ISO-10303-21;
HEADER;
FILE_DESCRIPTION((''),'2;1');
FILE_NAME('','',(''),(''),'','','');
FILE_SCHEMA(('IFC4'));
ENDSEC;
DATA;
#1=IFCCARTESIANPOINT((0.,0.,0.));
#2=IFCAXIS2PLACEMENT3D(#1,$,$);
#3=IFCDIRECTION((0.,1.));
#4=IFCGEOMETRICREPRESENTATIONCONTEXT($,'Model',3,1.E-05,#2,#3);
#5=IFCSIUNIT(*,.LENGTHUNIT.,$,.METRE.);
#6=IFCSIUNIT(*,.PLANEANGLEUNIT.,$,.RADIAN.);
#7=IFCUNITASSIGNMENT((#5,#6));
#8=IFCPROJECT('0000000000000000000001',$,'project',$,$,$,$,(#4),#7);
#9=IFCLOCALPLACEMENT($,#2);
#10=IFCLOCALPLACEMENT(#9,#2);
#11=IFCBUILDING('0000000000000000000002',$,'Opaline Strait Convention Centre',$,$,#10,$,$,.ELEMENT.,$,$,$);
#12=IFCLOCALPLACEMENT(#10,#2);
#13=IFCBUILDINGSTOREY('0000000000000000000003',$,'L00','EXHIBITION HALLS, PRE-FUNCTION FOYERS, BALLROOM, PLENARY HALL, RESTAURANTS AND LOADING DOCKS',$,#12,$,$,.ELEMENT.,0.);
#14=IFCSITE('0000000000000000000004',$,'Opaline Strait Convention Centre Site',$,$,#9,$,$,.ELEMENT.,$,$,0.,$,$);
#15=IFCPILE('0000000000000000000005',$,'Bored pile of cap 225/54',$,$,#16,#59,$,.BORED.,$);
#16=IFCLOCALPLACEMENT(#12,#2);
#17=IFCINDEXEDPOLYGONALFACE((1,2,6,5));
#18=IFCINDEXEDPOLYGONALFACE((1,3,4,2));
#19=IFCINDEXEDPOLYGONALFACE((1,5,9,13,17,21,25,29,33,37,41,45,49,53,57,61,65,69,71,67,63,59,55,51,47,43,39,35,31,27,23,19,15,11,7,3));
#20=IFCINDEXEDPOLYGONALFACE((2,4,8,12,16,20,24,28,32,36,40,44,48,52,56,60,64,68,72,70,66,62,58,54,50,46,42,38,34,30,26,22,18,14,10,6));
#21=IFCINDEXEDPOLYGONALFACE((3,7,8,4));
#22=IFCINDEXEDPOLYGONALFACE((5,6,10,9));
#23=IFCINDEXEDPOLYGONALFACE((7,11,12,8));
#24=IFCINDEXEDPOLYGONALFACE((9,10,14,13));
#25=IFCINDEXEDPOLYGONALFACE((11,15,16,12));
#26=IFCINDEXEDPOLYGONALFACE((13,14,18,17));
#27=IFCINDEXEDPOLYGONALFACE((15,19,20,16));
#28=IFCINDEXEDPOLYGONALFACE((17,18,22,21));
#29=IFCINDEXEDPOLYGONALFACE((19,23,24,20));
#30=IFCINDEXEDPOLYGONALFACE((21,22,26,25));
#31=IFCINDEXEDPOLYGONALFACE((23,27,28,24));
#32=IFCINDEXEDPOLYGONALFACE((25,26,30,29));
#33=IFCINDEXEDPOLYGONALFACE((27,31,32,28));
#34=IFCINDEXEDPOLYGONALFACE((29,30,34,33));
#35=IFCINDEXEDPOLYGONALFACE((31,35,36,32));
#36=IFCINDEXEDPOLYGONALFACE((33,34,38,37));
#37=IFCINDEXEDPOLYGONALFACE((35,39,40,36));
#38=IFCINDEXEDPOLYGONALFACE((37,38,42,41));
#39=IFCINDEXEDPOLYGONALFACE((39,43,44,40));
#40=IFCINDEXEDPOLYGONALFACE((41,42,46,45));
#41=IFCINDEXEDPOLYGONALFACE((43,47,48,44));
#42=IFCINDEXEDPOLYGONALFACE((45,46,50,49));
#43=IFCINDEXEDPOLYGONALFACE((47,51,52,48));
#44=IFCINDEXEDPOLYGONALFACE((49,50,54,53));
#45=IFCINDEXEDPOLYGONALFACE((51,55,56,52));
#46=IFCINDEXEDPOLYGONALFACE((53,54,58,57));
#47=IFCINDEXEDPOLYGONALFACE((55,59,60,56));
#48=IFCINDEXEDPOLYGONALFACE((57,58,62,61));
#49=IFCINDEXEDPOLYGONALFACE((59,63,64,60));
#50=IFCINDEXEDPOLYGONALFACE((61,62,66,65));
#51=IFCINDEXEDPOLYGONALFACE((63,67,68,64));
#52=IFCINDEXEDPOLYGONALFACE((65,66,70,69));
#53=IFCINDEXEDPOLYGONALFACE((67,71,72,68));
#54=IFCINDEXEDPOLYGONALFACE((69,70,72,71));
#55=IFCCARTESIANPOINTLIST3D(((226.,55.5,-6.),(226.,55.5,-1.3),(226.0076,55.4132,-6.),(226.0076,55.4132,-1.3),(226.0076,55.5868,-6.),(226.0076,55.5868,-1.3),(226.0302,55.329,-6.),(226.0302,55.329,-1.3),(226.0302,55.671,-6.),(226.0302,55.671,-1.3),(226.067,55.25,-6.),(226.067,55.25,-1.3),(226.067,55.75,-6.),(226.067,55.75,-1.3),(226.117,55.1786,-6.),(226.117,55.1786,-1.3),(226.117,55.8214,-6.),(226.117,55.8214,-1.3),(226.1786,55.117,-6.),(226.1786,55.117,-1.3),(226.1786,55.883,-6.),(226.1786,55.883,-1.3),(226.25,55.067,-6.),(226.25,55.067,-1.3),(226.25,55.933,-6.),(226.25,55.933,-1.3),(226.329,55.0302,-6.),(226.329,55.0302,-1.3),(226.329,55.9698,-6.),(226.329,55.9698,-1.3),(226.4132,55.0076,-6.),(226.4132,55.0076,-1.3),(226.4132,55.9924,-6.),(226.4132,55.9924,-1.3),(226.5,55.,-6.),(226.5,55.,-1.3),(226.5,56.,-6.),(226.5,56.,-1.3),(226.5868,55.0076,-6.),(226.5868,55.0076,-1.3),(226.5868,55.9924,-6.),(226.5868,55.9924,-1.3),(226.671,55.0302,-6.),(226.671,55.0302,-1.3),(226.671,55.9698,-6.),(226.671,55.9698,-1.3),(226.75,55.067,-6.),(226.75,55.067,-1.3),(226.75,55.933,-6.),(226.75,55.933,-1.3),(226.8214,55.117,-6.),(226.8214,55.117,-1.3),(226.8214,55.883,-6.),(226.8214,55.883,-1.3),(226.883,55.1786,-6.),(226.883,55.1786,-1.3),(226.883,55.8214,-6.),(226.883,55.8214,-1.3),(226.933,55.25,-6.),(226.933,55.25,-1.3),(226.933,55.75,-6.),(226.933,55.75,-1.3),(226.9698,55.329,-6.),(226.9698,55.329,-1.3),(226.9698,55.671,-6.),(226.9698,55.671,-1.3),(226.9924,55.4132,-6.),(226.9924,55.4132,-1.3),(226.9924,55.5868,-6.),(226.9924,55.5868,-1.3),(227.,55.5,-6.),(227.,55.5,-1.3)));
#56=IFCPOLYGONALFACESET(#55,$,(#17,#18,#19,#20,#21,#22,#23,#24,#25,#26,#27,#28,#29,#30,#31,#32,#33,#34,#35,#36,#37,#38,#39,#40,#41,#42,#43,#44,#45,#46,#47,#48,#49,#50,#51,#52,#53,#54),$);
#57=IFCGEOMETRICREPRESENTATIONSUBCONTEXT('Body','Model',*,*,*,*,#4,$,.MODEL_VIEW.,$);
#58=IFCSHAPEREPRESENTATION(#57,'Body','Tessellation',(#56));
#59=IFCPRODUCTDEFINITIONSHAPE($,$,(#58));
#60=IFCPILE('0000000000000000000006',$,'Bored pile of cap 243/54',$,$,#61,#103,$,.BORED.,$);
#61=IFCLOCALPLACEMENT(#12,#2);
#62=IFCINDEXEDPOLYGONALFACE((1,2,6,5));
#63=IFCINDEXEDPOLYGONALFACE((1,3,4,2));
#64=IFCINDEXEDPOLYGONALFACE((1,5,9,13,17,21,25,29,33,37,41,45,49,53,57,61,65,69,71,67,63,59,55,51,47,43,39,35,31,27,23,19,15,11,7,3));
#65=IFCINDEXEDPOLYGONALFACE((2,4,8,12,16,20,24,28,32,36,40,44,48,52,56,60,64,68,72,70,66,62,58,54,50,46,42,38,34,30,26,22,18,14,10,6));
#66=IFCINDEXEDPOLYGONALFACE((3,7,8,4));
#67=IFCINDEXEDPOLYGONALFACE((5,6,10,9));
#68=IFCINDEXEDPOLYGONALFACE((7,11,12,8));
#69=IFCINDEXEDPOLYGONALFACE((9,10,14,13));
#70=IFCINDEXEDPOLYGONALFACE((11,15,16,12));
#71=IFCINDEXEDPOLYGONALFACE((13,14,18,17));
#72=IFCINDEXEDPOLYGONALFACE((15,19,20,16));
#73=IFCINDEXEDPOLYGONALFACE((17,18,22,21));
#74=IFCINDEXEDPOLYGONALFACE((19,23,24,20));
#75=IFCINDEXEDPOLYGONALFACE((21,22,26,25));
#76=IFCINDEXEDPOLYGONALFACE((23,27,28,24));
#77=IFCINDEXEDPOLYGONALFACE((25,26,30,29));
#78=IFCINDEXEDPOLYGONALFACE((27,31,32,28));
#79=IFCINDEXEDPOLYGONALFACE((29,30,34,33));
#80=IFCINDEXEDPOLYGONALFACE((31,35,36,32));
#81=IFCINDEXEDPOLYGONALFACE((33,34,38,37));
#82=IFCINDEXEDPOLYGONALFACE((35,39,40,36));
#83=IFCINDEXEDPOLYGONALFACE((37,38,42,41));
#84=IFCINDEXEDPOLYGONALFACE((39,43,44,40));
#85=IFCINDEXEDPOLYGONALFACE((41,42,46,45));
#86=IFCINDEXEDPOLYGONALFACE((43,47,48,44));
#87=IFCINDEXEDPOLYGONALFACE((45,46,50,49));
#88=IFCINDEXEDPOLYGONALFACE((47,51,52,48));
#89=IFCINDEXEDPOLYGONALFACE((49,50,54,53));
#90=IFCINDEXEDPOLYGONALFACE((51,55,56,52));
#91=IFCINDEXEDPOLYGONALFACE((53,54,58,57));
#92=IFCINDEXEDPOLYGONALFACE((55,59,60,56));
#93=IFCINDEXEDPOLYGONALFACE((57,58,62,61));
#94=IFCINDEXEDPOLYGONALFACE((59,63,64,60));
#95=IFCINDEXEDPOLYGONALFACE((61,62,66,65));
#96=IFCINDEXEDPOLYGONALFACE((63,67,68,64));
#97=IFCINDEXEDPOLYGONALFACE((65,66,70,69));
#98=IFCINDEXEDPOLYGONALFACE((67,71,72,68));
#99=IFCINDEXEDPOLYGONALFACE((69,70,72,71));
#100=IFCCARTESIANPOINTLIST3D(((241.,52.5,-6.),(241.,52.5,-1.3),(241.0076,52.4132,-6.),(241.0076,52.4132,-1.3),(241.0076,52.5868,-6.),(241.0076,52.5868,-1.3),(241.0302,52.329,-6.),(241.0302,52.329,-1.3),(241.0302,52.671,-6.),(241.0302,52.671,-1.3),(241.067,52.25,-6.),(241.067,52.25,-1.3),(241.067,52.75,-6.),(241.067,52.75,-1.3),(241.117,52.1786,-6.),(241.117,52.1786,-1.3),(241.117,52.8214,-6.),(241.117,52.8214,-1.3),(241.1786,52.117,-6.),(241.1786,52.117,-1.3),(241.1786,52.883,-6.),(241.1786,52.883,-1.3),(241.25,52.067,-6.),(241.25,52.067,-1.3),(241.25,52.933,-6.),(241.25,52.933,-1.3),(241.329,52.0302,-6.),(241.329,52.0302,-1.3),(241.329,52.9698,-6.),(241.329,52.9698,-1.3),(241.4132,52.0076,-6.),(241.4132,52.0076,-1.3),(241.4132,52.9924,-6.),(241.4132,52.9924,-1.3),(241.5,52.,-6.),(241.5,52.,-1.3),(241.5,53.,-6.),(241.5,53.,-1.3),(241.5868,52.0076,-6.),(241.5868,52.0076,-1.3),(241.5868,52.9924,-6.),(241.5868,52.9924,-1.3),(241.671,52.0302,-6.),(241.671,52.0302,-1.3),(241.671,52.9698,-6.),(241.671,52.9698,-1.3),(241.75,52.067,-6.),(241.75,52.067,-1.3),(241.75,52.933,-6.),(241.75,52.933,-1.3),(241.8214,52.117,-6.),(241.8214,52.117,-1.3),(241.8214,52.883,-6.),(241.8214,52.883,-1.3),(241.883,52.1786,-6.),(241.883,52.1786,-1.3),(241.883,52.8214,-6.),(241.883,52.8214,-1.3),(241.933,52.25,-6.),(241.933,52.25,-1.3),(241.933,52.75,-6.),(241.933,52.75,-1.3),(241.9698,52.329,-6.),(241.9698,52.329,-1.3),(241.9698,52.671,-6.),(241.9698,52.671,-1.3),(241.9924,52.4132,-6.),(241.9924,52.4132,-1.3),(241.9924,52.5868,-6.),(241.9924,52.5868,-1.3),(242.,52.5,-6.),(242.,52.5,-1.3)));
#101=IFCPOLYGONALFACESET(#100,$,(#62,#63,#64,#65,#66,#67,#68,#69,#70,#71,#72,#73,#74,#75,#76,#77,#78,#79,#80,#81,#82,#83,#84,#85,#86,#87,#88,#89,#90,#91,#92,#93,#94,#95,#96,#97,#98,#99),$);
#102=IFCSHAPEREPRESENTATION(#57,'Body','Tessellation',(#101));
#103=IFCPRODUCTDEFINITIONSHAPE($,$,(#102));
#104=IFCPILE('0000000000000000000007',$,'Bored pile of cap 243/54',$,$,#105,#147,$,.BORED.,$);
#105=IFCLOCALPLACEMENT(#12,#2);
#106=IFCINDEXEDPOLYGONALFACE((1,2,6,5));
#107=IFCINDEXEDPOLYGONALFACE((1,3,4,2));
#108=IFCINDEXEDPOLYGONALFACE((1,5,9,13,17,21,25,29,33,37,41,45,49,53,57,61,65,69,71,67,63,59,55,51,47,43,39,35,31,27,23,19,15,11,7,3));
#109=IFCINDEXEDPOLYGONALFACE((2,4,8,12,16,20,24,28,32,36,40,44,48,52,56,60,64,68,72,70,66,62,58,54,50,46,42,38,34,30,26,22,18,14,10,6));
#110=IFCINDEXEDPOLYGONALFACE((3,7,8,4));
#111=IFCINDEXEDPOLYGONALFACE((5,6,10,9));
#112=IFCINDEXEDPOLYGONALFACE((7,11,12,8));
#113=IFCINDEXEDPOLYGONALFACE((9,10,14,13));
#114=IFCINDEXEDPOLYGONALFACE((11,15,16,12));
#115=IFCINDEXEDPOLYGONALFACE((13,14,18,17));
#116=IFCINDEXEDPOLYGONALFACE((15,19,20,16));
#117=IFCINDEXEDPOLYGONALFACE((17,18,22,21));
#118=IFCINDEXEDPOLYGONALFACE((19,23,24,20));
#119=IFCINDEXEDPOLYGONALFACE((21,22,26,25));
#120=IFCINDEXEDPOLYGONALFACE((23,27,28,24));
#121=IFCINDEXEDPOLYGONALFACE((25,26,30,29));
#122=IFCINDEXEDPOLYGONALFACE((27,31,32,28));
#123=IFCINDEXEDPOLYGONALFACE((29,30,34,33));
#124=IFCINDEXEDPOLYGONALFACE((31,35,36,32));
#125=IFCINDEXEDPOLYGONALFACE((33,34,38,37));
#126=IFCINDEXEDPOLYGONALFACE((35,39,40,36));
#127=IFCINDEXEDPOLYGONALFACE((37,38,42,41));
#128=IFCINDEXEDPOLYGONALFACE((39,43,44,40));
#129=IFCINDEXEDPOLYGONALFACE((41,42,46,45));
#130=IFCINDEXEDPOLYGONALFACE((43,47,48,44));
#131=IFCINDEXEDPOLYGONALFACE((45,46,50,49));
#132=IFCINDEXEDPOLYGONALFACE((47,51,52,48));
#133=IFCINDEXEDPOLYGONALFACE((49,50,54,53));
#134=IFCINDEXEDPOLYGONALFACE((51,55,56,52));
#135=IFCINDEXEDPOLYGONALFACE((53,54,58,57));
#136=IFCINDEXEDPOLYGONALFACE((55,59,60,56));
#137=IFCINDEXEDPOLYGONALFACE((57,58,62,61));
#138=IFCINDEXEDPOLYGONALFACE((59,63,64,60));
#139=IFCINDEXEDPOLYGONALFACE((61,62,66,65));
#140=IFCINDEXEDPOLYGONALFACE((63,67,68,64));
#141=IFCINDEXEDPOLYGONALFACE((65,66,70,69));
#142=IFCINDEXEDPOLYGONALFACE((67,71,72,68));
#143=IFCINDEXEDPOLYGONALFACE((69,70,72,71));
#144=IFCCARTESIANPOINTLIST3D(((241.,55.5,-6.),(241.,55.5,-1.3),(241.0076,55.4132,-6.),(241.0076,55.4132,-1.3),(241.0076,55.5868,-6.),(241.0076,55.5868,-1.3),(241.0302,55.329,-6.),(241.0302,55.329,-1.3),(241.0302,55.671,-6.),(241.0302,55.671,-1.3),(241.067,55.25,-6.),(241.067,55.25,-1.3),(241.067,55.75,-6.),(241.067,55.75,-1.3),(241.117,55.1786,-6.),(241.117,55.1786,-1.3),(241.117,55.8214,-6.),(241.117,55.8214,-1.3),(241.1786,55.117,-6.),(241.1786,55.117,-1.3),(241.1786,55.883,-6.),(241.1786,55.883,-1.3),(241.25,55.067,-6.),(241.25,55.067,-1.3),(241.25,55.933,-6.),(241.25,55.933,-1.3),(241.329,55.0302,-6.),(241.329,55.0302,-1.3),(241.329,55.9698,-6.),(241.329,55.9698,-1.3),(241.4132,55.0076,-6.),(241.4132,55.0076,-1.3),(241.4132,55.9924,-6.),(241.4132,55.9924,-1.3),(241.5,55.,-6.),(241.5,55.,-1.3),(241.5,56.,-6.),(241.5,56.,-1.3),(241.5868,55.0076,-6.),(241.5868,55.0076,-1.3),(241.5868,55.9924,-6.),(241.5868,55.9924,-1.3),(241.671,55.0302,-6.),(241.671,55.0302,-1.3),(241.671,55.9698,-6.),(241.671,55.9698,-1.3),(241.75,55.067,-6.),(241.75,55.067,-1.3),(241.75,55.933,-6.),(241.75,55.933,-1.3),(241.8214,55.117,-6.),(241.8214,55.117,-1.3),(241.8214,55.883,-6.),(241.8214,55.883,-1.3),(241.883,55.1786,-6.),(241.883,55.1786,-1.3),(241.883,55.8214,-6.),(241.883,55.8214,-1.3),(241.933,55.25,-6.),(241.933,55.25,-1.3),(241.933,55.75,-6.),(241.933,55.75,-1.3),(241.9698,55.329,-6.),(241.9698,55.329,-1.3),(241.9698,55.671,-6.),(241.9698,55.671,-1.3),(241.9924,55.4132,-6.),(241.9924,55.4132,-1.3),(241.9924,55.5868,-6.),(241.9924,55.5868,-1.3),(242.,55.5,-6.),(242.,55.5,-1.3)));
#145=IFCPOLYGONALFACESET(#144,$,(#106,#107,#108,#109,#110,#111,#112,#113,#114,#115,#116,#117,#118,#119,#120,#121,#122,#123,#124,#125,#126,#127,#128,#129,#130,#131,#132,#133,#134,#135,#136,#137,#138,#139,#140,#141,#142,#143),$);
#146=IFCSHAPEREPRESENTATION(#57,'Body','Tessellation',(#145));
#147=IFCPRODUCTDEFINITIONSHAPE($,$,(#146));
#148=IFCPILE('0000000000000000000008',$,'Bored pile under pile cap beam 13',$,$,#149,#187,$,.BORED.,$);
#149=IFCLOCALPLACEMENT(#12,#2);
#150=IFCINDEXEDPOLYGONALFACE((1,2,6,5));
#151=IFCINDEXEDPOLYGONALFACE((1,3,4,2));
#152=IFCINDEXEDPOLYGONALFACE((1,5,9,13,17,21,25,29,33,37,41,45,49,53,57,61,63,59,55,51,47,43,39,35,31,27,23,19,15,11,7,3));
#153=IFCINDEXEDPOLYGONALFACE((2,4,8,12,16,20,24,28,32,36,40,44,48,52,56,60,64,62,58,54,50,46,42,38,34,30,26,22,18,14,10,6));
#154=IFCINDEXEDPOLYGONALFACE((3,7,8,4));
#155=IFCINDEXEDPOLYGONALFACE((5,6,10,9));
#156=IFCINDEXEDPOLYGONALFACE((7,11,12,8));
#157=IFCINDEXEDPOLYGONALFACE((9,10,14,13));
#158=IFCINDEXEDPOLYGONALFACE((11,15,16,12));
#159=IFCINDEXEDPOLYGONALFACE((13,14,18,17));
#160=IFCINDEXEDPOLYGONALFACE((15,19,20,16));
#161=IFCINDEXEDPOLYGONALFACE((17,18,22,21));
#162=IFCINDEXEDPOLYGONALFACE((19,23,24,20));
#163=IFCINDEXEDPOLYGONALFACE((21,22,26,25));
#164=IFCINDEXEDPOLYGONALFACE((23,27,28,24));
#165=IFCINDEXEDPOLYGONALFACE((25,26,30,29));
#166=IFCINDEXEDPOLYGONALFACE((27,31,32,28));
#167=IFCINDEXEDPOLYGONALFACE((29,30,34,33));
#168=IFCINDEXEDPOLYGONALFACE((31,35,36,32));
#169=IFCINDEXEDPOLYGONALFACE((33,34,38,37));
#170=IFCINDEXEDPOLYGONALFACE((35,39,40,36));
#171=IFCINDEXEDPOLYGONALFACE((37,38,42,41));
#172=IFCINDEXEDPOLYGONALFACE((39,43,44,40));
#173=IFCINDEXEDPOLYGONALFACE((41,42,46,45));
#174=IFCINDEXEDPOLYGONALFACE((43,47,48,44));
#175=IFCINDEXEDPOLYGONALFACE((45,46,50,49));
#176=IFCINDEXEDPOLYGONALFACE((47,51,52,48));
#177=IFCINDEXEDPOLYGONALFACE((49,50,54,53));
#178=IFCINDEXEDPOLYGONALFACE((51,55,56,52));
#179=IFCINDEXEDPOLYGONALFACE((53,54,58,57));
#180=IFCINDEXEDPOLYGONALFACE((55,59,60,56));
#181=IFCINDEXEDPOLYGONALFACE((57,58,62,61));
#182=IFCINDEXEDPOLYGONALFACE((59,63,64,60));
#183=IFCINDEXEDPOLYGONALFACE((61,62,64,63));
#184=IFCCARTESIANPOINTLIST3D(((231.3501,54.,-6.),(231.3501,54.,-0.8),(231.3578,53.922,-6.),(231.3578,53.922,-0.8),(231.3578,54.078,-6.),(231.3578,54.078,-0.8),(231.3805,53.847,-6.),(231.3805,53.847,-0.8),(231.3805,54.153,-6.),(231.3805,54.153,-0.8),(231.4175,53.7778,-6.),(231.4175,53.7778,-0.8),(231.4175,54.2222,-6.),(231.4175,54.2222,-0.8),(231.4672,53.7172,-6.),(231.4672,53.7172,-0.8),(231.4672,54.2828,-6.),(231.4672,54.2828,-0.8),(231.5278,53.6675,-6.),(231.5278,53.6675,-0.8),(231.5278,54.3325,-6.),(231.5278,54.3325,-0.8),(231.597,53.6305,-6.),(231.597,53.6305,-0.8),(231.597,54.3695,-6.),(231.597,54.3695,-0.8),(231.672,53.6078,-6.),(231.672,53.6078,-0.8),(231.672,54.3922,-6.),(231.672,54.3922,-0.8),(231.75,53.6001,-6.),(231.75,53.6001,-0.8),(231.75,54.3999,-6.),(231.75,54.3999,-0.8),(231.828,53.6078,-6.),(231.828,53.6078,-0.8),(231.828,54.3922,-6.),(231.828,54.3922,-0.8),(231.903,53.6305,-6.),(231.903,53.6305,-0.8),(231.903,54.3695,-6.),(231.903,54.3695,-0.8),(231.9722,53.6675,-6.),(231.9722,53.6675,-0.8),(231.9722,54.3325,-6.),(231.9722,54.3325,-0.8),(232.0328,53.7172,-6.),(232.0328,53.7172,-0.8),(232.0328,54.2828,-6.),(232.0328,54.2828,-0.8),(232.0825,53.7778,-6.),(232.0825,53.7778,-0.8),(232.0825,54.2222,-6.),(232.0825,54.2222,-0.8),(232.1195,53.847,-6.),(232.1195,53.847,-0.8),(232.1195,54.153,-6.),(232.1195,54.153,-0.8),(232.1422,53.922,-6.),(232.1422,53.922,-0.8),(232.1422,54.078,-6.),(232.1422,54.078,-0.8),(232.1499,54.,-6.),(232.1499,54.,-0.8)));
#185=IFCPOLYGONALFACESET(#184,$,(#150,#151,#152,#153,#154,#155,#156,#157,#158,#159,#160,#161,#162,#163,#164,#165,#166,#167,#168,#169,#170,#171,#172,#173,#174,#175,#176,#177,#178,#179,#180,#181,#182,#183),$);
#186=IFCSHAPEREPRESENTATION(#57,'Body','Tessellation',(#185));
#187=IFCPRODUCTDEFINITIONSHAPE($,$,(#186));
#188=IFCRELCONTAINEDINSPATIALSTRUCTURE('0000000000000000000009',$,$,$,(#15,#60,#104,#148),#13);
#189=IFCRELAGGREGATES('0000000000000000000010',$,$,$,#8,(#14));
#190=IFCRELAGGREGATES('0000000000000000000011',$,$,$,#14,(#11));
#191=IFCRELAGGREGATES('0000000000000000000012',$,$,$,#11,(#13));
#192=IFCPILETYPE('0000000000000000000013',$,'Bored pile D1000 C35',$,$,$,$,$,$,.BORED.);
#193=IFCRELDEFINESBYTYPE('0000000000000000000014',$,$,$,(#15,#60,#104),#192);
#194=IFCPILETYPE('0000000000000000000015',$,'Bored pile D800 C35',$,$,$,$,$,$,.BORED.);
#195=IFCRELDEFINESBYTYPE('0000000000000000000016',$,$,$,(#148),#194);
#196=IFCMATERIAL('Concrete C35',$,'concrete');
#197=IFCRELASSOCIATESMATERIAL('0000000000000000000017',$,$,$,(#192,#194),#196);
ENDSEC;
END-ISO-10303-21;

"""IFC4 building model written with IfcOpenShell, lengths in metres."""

from ifc_helpers import new_model, si_unit, direction, frame, origin, origin_2d, place, context, subcontext, project, spatial, circle, extrude, material, material_profile, profile_set, type_object, element, save


model = new_model("IFC4")

# Units and contexts
model_context = context("Model", 3, precision=1e-05, world=origin(), true_north=direction((0.0, 1.0)))
body_context = subcontext(model_context, "Body", "Model", "MODEL_VIEW")
ifc_project = project(units=[si_unit("LENGTHUNIT", "METRE"), si_unit("PLANEANGLEUNIT", "RADIAN")], contexts=[model_context])

# Site, building, storey
site_placement = place(None, origin())
site = spatial("IfcSite", under=ifc_project, at=site_placement, Name="Opaline Strait Convention Centre Site", CompositionType="ELEMENT", RefElevation=0.0)
building_placement = place(site_placement, origin())
building = spatial("IfcBuilding", under=site, at=building_placement, Name="Opaline Strait Convention Centre", CompositionType="ELEMENT")
storey_placement = place(building_placement, origin())
storey = spatial("IfcBuildingStorey", under=building, at=storey_placement, Name="L00", Description="EXHIBITION HALLS, PRE-FUNCTION FOYERS, BALLROOM, PLENARY HALL, RESTAURANTS AND LOADING DOCKS", CompositionType="ELEMENT", Elevation=0.0)

# Piles
ifc_material_1 = material(Name="Concrete C35", Category="concrete")
ifc_material_profile_1 = material_profile(ifc_material_1, circle(Radius=0.5, at=origin_2d()), Name="D1000")
ifc_profile_set_1 = profile_set([ifc_material_profile_1], Name="Concrete C35")
pile_type_1 = type_object("IfcPileType", Name="Bored pile D1000 C35", PredefinedType="BORED", material=ifc_profile_set_1)
for number, where, z_axis, x_axis, name in (
    (1, (226.5, 55.5, -1.3), (0.0, 0.0, -1.0), (1.0, 0.0, 0.0), "Bored pile of cap 225/54"),
    (2, (241.5, 52.5, -1.3), (0.0, 0.0, -1.0), (1.0, 0.0, 0.0), "Bored pile of cap 243/54"),
    (3, (241.5, 55.5, -1.3), (0.0, 0.0, -1.0), (1.0, 0.0, 0.0), "Bored pile of cap 243/54"),
):
    element("IfcPile", number, at=place(storey_placement, frame(where, z_axis=z_axis, x_axis=x_axis)), inside=storey, type_object=pile_type_1, Name=name, PredefinedType="BORED", context=body_context, shape_type="SweptSolid", body=[
        extrude(circle(Radius=0.5, at=origin_2d()), origin(), (0.0, 0.0, 1.0), 4.7),
    ])
ifc_material_profile_2 = material_profile(ifc_material_1, circle(Radius=0.3999, at=origin_2d()), Name="D800")
ifc_profile_set_2 = profile_set([ifc_material_profile_2], Name="Concrete C35")
pile_type_2 = type_object("IfcPileType", Name="Bored pile D800 C35", PredefinedType="BORED", material=ifc_profile_set_2)
for number, where, z_axis, x_axis, name in (
    (4, (231.75, 54.0, -0.8), (0.0, 0.0, -1.0), (1.0, 0.0, 0.0), "Bored pile under pile cap beam 13"),
):
    element("IfcPile", number, at=place(storey_placement, frame(where, z_axis=z_axis, x_axis=x_axis)), inside=storey, type_object=pile_type_2, Name=name, PredefinedType="BORED", context=body_context, shape_type="SweptSolid", body=[
        extrude(circle(Radius=0.3999, at=origin_2d()), origin(), (0.0, 0.0, 1.0), 5.2),
    ])

save(model, "model.ifc")
